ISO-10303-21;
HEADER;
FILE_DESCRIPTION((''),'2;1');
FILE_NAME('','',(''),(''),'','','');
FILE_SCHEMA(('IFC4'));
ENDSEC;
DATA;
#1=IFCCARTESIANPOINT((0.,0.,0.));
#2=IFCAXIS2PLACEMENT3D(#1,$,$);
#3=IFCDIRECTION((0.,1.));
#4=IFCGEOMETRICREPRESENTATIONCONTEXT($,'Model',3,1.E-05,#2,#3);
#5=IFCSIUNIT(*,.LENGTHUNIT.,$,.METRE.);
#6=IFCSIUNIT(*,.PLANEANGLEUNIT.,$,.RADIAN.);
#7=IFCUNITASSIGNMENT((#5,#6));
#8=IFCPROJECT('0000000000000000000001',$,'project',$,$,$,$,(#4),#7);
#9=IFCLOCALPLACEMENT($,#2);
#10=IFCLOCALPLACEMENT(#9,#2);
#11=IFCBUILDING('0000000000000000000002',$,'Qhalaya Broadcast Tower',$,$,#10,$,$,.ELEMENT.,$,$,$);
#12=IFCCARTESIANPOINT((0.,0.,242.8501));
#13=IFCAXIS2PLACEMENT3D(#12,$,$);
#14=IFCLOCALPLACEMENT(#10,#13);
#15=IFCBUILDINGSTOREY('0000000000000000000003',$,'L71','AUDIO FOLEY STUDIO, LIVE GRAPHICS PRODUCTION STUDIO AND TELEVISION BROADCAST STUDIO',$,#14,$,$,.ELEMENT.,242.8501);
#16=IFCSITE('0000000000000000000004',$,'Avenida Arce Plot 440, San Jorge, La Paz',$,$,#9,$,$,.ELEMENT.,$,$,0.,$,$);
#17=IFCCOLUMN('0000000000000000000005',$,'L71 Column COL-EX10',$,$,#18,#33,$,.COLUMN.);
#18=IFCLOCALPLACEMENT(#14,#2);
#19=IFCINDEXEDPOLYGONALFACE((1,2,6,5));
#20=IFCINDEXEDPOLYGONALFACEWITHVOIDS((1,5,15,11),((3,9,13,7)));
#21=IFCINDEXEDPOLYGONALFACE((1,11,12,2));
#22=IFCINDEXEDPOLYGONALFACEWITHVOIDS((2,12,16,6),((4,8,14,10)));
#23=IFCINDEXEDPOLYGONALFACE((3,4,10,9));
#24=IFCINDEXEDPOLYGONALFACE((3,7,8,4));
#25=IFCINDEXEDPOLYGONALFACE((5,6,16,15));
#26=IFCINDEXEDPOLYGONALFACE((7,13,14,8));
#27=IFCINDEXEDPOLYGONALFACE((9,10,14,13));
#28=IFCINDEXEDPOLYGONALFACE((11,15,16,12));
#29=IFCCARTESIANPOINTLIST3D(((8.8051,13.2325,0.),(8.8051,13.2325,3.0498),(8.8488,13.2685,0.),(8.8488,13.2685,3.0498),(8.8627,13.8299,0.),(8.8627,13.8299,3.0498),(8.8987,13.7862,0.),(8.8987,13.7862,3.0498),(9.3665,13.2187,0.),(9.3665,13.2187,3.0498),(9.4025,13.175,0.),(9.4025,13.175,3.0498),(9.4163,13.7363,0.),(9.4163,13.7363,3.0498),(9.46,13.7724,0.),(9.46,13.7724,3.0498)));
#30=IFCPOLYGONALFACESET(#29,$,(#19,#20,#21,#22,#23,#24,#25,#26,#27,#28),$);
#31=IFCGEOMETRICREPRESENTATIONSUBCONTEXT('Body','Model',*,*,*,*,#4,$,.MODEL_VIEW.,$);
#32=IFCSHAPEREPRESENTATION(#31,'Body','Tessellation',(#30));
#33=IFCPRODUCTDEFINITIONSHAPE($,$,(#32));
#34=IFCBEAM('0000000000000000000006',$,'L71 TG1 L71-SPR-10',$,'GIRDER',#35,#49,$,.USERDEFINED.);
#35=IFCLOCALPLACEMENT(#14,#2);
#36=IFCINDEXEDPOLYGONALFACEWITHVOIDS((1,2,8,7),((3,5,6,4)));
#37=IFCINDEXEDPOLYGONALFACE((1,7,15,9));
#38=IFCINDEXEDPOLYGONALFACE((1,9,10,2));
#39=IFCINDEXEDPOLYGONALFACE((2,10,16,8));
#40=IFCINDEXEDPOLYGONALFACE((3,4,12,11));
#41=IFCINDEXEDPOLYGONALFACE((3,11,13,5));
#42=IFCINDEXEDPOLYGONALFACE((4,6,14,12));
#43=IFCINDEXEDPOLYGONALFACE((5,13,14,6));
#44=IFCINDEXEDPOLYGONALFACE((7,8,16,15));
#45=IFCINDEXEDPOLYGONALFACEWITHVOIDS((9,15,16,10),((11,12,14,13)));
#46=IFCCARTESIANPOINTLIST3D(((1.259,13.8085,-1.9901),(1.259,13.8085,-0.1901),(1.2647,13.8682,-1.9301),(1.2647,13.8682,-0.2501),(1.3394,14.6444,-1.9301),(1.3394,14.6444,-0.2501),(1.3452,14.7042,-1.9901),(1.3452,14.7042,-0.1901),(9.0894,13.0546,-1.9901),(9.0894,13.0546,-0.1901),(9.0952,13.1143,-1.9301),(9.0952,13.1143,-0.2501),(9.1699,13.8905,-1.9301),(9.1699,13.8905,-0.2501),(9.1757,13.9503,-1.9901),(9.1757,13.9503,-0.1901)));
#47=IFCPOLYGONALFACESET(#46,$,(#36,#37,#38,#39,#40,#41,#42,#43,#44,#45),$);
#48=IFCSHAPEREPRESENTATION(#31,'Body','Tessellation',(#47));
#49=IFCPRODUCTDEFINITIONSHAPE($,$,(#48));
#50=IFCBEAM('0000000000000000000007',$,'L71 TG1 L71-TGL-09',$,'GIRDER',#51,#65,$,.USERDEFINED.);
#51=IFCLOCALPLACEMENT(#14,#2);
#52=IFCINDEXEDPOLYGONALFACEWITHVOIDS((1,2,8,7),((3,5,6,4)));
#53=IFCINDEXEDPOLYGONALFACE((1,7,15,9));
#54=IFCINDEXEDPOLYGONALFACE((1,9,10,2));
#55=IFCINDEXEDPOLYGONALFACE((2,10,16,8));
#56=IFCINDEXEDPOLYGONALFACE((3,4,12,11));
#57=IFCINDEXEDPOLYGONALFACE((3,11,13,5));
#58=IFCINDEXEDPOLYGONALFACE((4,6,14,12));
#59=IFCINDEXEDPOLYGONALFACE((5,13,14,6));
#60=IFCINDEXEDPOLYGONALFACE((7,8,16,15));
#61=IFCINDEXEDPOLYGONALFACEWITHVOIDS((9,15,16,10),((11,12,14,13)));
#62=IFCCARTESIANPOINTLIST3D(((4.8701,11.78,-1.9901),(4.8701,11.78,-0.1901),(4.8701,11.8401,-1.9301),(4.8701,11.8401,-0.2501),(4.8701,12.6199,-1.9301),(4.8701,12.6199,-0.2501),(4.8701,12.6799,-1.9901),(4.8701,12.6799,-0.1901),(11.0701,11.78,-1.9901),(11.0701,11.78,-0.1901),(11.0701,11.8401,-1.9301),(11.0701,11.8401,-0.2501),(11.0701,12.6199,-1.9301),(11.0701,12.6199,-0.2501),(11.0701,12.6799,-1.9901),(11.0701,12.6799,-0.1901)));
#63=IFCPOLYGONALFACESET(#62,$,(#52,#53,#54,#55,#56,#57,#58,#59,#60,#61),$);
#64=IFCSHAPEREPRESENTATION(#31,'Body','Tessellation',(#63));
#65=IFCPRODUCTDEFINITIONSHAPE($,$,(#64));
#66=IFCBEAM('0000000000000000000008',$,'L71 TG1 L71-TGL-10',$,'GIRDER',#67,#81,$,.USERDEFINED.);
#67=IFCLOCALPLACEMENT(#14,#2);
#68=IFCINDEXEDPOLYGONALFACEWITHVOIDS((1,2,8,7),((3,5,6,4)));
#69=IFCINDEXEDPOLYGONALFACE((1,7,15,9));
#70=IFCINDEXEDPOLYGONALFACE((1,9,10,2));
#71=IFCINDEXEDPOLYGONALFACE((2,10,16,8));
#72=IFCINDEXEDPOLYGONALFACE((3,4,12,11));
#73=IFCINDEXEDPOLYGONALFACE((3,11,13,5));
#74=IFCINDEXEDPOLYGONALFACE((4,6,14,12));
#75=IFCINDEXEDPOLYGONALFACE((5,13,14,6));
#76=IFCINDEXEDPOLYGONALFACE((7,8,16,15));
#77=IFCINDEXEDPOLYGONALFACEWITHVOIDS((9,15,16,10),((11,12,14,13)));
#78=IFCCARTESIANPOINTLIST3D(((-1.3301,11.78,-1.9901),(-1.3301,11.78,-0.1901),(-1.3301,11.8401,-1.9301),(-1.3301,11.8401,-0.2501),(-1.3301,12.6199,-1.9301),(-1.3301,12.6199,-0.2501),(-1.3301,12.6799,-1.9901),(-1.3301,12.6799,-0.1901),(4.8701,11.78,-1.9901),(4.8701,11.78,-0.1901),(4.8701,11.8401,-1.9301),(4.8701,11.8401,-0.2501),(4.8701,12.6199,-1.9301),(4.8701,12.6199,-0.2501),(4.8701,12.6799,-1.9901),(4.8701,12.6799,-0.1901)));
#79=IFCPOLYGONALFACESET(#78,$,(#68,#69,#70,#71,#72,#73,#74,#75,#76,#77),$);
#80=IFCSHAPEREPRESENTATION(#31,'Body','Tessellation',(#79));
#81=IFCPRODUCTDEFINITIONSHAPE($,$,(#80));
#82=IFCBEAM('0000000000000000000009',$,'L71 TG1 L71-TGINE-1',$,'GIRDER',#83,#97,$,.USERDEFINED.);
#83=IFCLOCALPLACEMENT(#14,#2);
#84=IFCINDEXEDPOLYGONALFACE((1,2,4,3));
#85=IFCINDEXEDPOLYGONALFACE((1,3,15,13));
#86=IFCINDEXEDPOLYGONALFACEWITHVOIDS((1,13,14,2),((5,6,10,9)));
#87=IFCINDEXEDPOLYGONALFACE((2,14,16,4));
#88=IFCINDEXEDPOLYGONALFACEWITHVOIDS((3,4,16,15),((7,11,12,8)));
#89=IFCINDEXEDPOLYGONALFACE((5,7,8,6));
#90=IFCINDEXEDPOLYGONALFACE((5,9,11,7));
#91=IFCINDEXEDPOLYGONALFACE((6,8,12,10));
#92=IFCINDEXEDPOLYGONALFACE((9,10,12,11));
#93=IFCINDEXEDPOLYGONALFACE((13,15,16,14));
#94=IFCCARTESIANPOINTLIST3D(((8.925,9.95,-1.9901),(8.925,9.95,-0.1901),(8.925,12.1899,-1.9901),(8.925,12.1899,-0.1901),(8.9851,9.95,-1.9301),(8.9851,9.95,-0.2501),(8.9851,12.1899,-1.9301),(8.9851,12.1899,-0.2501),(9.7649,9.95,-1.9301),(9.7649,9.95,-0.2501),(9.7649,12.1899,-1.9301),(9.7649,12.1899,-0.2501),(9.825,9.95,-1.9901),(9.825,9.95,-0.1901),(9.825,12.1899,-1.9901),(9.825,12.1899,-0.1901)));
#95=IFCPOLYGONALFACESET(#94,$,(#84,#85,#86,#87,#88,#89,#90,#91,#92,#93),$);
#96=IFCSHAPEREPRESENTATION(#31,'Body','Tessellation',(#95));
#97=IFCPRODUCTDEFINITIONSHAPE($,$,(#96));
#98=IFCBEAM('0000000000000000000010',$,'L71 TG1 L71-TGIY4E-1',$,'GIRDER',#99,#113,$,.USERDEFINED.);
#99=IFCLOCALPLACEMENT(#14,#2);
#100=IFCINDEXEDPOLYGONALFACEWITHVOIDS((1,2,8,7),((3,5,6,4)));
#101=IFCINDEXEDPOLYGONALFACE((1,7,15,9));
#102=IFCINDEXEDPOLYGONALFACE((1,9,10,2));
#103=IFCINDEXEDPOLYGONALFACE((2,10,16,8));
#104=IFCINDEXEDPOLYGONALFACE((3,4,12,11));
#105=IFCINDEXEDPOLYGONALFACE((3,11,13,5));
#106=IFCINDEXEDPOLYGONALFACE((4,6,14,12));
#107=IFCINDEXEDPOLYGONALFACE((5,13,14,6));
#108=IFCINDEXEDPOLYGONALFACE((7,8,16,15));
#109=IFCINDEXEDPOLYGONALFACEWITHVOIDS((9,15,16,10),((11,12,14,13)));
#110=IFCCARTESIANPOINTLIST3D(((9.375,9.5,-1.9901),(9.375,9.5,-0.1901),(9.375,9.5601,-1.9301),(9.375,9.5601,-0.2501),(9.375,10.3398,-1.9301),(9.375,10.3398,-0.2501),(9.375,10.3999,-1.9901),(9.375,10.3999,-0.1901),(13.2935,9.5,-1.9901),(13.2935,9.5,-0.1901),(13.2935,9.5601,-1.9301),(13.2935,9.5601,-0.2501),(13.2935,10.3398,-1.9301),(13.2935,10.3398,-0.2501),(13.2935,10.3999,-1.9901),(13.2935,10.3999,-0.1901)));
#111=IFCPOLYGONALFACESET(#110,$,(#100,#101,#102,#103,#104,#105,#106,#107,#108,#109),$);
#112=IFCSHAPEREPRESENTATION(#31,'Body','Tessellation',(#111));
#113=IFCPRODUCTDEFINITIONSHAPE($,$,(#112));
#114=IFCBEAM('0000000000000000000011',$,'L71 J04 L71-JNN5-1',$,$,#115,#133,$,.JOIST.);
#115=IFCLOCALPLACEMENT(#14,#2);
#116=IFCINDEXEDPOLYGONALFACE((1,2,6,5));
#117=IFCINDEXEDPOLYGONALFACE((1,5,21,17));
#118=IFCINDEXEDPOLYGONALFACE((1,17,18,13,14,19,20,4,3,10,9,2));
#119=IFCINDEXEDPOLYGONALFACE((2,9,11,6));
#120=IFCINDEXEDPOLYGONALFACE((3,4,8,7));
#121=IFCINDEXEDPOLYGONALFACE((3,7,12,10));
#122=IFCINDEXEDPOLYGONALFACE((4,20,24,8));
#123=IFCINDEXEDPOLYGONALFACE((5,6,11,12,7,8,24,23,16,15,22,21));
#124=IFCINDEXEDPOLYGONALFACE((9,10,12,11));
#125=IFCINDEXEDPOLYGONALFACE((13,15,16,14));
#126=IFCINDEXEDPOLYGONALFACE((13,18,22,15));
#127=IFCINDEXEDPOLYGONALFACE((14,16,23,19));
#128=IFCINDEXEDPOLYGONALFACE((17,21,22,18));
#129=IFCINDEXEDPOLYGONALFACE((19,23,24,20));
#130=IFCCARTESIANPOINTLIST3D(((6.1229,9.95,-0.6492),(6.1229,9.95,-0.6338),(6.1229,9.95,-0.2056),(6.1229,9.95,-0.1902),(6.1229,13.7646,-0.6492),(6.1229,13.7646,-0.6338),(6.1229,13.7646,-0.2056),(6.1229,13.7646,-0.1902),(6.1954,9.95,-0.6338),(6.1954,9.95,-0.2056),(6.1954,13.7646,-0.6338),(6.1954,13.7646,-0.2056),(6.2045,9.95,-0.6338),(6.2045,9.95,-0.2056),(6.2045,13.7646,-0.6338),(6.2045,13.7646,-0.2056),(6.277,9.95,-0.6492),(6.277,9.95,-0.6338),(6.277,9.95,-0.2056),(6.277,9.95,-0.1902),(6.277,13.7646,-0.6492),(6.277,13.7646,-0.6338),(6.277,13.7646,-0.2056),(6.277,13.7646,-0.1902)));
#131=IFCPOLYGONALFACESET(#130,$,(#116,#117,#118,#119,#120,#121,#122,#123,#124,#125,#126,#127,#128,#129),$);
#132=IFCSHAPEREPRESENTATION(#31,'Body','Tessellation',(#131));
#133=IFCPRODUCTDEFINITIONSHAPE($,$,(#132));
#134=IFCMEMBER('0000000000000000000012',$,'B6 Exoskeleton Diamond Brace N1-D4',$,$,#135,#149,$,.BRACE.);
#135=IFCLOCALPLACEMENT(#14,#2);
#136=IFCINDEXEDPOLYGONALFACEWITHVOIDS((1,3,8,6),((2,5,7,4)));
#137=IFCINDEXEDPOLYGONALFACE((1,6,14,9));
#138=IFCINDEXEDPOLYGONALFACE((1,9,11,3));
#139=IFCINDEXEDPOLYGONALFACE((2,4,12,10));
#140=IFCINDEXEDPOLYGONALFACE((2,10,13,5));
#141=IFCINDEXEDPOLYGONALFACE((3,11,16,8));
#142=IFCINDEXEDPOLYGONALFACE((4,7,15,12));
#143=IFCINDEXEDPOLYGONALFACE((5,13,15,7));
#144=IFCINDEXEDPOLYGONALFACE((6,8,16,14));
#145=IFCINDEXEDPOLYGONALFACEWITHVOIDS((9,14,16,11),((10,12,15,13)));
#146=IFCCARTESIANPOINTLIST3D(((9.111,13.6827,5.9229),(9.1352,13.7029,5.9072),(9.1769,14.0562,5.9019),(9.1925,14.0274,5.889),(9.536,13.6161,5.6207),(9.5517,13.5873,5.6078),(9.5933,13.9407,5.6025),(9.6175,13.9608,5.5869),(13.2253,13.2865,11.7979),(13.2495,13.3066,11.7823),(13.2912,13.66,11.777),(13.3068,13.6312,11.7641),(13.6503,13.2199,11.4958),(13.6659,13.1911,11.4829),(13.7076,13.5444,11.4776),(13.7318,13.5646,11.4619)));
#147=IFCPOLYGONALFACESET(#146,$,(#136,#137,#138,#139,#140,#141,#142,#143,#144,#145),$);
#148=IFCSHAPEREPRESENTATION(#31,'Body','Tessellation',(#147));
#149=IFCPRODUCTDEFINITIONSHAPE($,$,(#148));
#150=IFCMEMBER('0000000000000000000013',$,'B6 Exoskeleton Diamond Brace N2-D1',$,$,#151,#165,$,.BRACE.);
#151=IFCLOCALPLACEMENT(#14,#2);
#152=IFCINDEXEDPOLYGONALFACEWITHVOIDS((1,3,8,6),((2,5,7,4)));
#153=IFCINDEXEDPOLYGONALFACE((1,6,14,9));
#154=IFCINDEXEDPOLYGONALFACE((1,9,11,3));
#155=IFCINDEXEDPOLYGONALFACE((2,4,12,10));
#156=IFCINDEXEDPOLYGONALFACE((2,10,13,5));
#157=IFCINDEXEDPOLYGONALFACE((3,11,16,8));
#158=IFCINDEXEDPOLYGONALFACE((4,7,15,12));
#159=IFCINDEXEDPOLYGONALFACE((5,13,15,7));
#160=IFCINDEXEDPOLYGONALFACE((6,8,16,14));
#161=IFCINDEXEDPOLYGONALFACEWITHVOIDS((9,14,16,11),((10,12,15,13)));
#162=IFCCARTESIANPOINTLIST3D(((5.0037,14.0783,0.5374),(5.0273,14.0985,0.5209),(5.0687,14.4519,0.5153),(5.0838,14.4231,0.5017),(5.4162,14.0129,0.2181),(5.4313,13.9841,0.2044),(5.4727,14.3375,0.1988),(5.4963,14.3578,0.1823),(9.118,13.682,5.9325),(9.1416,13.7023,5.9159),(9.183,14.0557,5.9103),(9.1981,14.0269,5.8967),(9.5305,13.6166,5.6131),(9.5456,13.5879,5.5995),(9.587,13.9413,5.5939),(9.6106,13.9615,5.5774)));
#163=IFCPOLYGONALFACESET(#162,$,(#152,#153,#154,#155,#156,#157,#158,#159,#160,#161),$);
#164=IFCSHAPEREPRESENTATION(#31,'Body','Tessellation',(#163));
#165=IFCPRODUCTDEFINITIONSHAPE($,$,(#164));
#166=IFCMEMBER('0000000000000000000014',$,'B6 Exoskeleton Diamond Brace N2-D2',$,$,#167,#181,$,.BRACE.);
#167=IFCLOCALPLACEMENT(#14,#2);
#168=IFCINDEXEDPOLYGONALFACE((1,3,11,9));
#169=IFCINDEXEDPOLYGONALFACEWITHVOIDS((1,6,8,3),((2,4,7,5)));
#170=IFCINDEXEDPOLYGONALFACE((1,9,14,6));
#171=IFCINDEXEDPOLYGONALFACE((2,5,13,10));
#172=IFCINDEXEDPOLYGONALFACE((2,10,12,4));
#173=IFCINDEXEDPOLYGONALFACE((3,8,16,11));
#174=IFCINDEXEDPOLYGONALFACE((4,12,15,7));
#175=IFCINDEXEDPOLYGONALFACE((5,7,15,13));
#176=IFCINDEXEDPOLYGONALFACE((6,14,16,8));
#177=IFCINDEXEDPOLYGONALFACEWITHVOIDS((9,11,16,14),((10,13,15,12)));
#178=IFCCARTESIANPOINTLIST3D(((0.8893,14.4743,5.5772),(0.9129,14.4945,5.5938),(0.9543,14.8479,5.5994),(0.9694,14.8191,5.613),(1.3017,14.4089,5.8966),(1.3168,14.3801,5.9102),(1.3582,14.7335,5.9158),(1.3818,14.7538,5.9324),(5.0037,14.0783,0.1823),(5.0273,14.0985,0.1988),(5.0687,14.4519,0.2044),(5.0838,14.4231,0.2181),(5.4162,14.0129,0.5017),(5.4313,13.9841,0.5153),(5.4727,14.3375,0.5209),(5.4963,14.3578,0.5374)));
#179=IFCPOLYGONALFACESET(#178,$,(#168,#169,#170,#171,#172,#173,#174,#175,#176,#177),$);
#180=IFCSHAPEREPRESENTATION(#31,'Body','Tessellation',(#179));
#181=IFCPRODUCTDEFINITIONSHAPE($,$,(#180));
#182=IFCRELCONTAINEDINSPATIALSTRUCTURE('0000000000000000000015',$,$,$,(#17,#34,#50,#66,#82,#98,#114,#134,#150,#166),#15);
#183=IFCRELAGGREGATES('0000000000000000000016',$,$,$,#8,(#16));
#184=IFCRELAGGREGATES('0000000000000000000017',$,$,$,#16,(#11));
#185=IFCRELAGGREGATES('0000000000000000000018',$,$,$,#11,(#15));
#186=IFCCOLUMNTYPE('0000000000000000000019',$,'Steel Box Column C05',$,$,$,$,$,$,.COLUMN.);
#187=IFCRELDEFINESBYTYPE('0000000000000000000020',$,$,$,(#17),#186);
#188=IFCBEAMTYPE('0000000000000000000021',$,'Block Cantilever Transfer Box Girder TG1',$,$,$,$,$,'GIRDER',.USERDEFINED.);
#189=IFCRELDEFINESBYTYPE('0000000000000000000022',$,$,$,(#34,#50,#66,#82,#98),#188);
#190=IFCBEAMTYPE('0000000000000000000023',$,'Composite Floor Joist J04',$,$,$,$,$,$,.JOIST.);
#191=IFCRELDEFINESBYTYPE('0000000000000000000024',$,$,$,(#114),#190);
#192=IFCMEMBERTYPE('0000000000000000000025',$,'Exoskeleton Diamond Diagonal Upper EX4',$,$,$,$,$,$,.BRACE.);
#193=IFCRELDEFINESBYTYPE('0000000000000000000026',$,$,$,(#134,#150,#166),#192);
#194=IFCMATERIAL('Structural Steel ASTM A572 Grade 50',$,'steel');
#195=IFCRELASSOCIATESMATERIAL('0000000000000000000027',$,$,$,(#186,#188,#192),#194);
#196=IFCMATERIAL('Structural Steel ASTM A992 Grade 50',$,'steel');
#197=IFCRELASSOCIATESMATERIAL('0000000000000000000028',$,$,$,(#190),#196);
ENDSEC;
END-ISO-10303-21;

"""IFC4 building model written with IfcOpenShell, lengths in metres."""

from ifc_helpers import new_model, si_unit, direction, frame, origin, origin_2d, place, context, subcontext, project, spatial, hollow_rectangle, i_section, extrude, material, material_profile, profile_set, type_object, element, save


model = new_model("IFC4")

# Units and contexts
model_context = context("Model", 3, precision=1e-05, world=origin(), true_north=direction((0.0, 1.0)))
body_context = subcontext(model_context, "Body", "Model", "MODEL_VIEW")
ifc_project = project(units=[si_unit("LENGTHUNIT", "METRE"), si_unit("PLANEANGLEUNIT", "RADIAN")], contexts=[model_context])

# Site, building, storey
site_placement = place(None, origin())
site = spatial("IfcSite", under=ifc_project, at=site_placement, Name="Avenida Arce Plot 440, San Jorge, La Paz", CompositionType="ELEMENT", RefElevation=0.0)
building_placement = place(site_placement, origin())
building = spatial("IfcBuilding", under=site, at=building_placement, Name="Qhalaya Broadcast Tower", CompositionType="ELEMENT")
storey_placement = place(building_placement, frame((0.0, 0.0, 242.8501)))
storey = spatial("IfcBuildingStorey", under=building, at=storey_placement, Name="L71", Description="AUDIO FOLEY STUDIO, LIVE GRAPHICS PRODUCTION STUDIO AND TELEVISION BROADCAST STUDIO", CompositionType="ELEMENT", Elevation=242.8501)

# Column
ifc_material_1 = material(Name="Structural Steel ASTM A572 Grade 50", Category="steel")
ifc_material_profile_1 = material_profile(ifc_material_1, hollow_rectangle(XDim=0.6001, YDim=0.6001, WallThickness=0.04, at=origin_2d()), Name="BOX 600x600x40")
ifc_profile_set_1 = profile_set([ifc_material_profile_1], Name="Structural Steel ASTM A572 Grade 50")
column_type = type_object("IfcColumnType", Name="Steel Box Column C05", PredefinedType="COLUMN", material=ifc_profile_set_1)
column_placement = place(storey_placement, frame((9.1326, 13.5024, 0.0), z_axis=(0.0, 0.0, 1.0), x_axis=(0.995396, -0.095846, 0.0)))
element("IfcColumn", 1, at=column_placement, inside=storey, type_object=column_type, Name="L71 Column COL-EX10", PredefinedType="COLUMN", context=body_context, shape_type="SweptSolid", body=[
    extrude(hollow_rectangle(XDim=0.6001, YDim=0.6001, WallThickness=0.04, at=origin_2d()), origin(), (0.0, 0.0, 1.0), 3.0498),
])

# Beams
ifc_material_profile_2 = material_profile(ifc_material_1, hollow_rectangle(XDim=0.8999, YDim=1.8, WallThickness=0.0601, at=origin_2d()), Name="BOX 900x1800x60")
ifc_profile_set_2 = profile_set([ifc_material_profile_2], Name="Structural Steel ASTM A572 Grade 50")
beam_type_1 = type_object("IfcBeamType", Name="Block Cantilever Transfer Box Girder TG1", ElementType="GIRDER", PredefinedType="USERDEFINED", material=ifc_profile_set_2)
beam_1_placement = place(storey_placement, frame((9.1326, 13.5024, -1.0901), z_axis=(-0.995397, 0.095834, 0.0), x_axis=(-0.095834, -0.995397, 0.0)))
element("IfcBeam", 2, at=beam_1_placement, inside=storey, type_object=beam_type_1, Name="L71 TG1 L71-SPR-10", ObjectType="GIRDER", PredefinedType="USERDEFINED", context=body_context, shape_type="SweptSolid", body=[
    extrude(hollow_rectangle(XDim=0.8999, YDim=1.8, WallThickness=0.0601, at=origin_2d()), origin(), (0.0, 0.0, 1.0), 7.8667),
])
beam_2_placement = place(storey_placement, frame((11.0701, 12.23, -1.0901), z_axis=(-1.0, 0.0, 0.0), x_axis=(0.0, -1.0, 0.0)))
element("IfcBeam", 3, at=beam_2_placement, inside=storey, type_object=beam_type_1, Name="L71 TG1 L71-TGL-09", ObjectType="GIRDER", PredefinedType="USERDEFINED", context=body_context, shape_type="SweptSolid", body=[
    extrude(hollow_rectangle(XDim=0.8999, YDim=1.8, WallThickness=0.0601, at=origin_2d()), origin(), (0.0, 0.0, 1.0), 6.2),
])
beam_3_placement = place(storey_placement, frame((4.8701, 12.23, -1.0901), z_axis=(-1.0, 0.0, 0.0), x_axis=(0.0, -1.0, 0.0)))
element("IfcBeam", 4, at=beam_3_placement, inside=storey, type_object=beam_type_1, Name="L71 TG1 L71-TGL-10", ObjectType="GIRDER", PredefinedType="USERDEFINED", context=body_context, shape_type="SweptSolid", body=[
    extrude(hollow_rectangle(XDim=0.8999, YDim=1.8, WallThickness=0.0601, at=origin_2d()), origin(), (0.0, 0.0, 1.0), 6.2002),
])
beam_4_placement = place(storey_placement, frame((9.375, 9.95, -1.0901), z_axis=(0.0, 1.0, 0.0), x_axis=(-1.0, 0.0, 0.0)))
element("IfcBeam", 5, at=beam_4_placement, inside=storey, type_object=beam_type_1, Name="L71 TG1 L71-TGINE-1", ObjectType="GIRDER", PredefinedType="USERDEFINED", context=body_context, shape_type="SweptSolid", body=[
    extrude(hollow_rectangle(XDim=0.8999, YDim=1.8, WallThickness=0.0601, at=origin_2d()), origin(), (0.0, 0.0, 1.0), 2.24),
])
beam_5_placement = place(storey_placement, frame((9.375, 9.95, -1.0901), z_axis=(1.0, 0.0, 0.0), x_axis=(0.0, 1.0, 0.0)))
element("IfcBeam", 6, at=beam_5_placement, inside=storey, type_object=beam_type_1, Name="L71 TG1 L71-TGIY4E-1", ObjectType="GIRDER", PredefinedType="USERDEFINED", context=body_context, shape_type="SweptSolid", body=[
    extrude(hollow_rectangle(XDim=0.8999, YDim=1.8, WallThickness=0.0601, at=origin_2d()), origin(), (0.0, 0.0, 1.0), 3.9185),
])
ifc_material_2 = material(Name="Structural Steel ASTM A992 Grade 50", Category="steel")
ifc_material_profile_3 = material_profile(ifc_material_2, i_section(OverallWidth=0.1541, OverallDepth=0.459, WebThickness=0.009, FlangeThickness=0.0154, at=origin_2d()), Name="W18X46")
ifc_profile_set_3 = profile_set([ifc_material_profile_3], Name="Structural Steel ASTM A992 Grade 50")
beam_type_2 = type_object("IfcBeamType", Name="Composite Floor Joist J04", PredefinedType="JOIST", material=ifc_profile_set_3)
beam_6_placement = place(storey_placement, frame((6.2, 9.95, -0.4197), z_axis=(0.0, 1.0, 0.0), x_axis=(-1.0, 0.0, 0.0)))
element("IfcBeam", 7, at=beam_6_placement, inside=storey, type_object=beam_type_2, Name="L71 J04 L71-JNN5-1", PredefinedType="JOIST", context=body_context, shape_type="SweptSolid", body=[
    extrude(i_section(OverallWidth=0.1541, OverallDepth=0.459, WebThickness=0.009, FlangeThickness=0.0154, at=origin_2d()), origin(), (0.0, 0.0, 1.0), 3.8147),
])

# Members
ifc_material_profile_4 = material_profile(ifc_material_1, hollow_rectangle(XDim=0.3799, YDim=0.55, WallThickness=0.0249, at=origin_2d()), Name="BOX 380x550x25")
ifc_profile_set_4 = profile_set([ifc_material_profile_4], Name="Structural Steel ASTM A572 Grade 50")
member_type_1 = type_object("IfcMemberType", Name="Exoskeleton Diamond Diagonal Upper EX4", PredefinedType="BRACE", material=ifc_profile_set_4)
member_1_placement = place(storey_placement, frame((9.3643, 13.8218, 5.7549), z_axis=(0.572753, -0.055161, 0.81787), x_axis=(0.173452, 0.983297, -0.05515)))
element("IfcMember", 8, at=member_1_placement, inside=storey, type_object=member_type_1, Name="B6 Exoskeleton Diamond Brace N1-D4", PredefinedType="BRACE", context=body_context, shape_type="SweptSolid", body=[
    extrude(hollow_rectangle(XDim=0.3799, YDim=0.55, WallThickness=0.0249, at=origin_2d()), origin(), (0.0, 0.0, 1.0), 7.1833),
])
for number, where, z_axis, x_axis, name in (
    (9, (5.25, 14.218, 0.3599), (0.605363, -0.058302, 0.793811), (0.171157, 0.983518, -0.05829), "B6 Exoskeleton Diamond Brace N2-D1"),
    (10, (5.25, 14.218, 0.3599), (-0.605387, 0.058265, 0.793796), (-0.171092, -0.983529, -0.058292), "B6 Exoskeleton Diamond Brace N2-D2"),
):
    element("IfcMember", number, at=place(storey_placement, frame(where, z_axis=z_axis, x_axis=x_axis)), inside=storey, type_object=member_type_1, Name=name, PredefinedType="BRACE", context=body_context, shape_type="SweptSolid", body=[
        extrude(hollow_rectangle(XDim=0.3799, YDim=0.55, WallThickness=0.0249, at=origin_2d()), origin(), (0.0, 0.0, 1.0), 6.7964),
    ])

save(model, "model.ifc")
